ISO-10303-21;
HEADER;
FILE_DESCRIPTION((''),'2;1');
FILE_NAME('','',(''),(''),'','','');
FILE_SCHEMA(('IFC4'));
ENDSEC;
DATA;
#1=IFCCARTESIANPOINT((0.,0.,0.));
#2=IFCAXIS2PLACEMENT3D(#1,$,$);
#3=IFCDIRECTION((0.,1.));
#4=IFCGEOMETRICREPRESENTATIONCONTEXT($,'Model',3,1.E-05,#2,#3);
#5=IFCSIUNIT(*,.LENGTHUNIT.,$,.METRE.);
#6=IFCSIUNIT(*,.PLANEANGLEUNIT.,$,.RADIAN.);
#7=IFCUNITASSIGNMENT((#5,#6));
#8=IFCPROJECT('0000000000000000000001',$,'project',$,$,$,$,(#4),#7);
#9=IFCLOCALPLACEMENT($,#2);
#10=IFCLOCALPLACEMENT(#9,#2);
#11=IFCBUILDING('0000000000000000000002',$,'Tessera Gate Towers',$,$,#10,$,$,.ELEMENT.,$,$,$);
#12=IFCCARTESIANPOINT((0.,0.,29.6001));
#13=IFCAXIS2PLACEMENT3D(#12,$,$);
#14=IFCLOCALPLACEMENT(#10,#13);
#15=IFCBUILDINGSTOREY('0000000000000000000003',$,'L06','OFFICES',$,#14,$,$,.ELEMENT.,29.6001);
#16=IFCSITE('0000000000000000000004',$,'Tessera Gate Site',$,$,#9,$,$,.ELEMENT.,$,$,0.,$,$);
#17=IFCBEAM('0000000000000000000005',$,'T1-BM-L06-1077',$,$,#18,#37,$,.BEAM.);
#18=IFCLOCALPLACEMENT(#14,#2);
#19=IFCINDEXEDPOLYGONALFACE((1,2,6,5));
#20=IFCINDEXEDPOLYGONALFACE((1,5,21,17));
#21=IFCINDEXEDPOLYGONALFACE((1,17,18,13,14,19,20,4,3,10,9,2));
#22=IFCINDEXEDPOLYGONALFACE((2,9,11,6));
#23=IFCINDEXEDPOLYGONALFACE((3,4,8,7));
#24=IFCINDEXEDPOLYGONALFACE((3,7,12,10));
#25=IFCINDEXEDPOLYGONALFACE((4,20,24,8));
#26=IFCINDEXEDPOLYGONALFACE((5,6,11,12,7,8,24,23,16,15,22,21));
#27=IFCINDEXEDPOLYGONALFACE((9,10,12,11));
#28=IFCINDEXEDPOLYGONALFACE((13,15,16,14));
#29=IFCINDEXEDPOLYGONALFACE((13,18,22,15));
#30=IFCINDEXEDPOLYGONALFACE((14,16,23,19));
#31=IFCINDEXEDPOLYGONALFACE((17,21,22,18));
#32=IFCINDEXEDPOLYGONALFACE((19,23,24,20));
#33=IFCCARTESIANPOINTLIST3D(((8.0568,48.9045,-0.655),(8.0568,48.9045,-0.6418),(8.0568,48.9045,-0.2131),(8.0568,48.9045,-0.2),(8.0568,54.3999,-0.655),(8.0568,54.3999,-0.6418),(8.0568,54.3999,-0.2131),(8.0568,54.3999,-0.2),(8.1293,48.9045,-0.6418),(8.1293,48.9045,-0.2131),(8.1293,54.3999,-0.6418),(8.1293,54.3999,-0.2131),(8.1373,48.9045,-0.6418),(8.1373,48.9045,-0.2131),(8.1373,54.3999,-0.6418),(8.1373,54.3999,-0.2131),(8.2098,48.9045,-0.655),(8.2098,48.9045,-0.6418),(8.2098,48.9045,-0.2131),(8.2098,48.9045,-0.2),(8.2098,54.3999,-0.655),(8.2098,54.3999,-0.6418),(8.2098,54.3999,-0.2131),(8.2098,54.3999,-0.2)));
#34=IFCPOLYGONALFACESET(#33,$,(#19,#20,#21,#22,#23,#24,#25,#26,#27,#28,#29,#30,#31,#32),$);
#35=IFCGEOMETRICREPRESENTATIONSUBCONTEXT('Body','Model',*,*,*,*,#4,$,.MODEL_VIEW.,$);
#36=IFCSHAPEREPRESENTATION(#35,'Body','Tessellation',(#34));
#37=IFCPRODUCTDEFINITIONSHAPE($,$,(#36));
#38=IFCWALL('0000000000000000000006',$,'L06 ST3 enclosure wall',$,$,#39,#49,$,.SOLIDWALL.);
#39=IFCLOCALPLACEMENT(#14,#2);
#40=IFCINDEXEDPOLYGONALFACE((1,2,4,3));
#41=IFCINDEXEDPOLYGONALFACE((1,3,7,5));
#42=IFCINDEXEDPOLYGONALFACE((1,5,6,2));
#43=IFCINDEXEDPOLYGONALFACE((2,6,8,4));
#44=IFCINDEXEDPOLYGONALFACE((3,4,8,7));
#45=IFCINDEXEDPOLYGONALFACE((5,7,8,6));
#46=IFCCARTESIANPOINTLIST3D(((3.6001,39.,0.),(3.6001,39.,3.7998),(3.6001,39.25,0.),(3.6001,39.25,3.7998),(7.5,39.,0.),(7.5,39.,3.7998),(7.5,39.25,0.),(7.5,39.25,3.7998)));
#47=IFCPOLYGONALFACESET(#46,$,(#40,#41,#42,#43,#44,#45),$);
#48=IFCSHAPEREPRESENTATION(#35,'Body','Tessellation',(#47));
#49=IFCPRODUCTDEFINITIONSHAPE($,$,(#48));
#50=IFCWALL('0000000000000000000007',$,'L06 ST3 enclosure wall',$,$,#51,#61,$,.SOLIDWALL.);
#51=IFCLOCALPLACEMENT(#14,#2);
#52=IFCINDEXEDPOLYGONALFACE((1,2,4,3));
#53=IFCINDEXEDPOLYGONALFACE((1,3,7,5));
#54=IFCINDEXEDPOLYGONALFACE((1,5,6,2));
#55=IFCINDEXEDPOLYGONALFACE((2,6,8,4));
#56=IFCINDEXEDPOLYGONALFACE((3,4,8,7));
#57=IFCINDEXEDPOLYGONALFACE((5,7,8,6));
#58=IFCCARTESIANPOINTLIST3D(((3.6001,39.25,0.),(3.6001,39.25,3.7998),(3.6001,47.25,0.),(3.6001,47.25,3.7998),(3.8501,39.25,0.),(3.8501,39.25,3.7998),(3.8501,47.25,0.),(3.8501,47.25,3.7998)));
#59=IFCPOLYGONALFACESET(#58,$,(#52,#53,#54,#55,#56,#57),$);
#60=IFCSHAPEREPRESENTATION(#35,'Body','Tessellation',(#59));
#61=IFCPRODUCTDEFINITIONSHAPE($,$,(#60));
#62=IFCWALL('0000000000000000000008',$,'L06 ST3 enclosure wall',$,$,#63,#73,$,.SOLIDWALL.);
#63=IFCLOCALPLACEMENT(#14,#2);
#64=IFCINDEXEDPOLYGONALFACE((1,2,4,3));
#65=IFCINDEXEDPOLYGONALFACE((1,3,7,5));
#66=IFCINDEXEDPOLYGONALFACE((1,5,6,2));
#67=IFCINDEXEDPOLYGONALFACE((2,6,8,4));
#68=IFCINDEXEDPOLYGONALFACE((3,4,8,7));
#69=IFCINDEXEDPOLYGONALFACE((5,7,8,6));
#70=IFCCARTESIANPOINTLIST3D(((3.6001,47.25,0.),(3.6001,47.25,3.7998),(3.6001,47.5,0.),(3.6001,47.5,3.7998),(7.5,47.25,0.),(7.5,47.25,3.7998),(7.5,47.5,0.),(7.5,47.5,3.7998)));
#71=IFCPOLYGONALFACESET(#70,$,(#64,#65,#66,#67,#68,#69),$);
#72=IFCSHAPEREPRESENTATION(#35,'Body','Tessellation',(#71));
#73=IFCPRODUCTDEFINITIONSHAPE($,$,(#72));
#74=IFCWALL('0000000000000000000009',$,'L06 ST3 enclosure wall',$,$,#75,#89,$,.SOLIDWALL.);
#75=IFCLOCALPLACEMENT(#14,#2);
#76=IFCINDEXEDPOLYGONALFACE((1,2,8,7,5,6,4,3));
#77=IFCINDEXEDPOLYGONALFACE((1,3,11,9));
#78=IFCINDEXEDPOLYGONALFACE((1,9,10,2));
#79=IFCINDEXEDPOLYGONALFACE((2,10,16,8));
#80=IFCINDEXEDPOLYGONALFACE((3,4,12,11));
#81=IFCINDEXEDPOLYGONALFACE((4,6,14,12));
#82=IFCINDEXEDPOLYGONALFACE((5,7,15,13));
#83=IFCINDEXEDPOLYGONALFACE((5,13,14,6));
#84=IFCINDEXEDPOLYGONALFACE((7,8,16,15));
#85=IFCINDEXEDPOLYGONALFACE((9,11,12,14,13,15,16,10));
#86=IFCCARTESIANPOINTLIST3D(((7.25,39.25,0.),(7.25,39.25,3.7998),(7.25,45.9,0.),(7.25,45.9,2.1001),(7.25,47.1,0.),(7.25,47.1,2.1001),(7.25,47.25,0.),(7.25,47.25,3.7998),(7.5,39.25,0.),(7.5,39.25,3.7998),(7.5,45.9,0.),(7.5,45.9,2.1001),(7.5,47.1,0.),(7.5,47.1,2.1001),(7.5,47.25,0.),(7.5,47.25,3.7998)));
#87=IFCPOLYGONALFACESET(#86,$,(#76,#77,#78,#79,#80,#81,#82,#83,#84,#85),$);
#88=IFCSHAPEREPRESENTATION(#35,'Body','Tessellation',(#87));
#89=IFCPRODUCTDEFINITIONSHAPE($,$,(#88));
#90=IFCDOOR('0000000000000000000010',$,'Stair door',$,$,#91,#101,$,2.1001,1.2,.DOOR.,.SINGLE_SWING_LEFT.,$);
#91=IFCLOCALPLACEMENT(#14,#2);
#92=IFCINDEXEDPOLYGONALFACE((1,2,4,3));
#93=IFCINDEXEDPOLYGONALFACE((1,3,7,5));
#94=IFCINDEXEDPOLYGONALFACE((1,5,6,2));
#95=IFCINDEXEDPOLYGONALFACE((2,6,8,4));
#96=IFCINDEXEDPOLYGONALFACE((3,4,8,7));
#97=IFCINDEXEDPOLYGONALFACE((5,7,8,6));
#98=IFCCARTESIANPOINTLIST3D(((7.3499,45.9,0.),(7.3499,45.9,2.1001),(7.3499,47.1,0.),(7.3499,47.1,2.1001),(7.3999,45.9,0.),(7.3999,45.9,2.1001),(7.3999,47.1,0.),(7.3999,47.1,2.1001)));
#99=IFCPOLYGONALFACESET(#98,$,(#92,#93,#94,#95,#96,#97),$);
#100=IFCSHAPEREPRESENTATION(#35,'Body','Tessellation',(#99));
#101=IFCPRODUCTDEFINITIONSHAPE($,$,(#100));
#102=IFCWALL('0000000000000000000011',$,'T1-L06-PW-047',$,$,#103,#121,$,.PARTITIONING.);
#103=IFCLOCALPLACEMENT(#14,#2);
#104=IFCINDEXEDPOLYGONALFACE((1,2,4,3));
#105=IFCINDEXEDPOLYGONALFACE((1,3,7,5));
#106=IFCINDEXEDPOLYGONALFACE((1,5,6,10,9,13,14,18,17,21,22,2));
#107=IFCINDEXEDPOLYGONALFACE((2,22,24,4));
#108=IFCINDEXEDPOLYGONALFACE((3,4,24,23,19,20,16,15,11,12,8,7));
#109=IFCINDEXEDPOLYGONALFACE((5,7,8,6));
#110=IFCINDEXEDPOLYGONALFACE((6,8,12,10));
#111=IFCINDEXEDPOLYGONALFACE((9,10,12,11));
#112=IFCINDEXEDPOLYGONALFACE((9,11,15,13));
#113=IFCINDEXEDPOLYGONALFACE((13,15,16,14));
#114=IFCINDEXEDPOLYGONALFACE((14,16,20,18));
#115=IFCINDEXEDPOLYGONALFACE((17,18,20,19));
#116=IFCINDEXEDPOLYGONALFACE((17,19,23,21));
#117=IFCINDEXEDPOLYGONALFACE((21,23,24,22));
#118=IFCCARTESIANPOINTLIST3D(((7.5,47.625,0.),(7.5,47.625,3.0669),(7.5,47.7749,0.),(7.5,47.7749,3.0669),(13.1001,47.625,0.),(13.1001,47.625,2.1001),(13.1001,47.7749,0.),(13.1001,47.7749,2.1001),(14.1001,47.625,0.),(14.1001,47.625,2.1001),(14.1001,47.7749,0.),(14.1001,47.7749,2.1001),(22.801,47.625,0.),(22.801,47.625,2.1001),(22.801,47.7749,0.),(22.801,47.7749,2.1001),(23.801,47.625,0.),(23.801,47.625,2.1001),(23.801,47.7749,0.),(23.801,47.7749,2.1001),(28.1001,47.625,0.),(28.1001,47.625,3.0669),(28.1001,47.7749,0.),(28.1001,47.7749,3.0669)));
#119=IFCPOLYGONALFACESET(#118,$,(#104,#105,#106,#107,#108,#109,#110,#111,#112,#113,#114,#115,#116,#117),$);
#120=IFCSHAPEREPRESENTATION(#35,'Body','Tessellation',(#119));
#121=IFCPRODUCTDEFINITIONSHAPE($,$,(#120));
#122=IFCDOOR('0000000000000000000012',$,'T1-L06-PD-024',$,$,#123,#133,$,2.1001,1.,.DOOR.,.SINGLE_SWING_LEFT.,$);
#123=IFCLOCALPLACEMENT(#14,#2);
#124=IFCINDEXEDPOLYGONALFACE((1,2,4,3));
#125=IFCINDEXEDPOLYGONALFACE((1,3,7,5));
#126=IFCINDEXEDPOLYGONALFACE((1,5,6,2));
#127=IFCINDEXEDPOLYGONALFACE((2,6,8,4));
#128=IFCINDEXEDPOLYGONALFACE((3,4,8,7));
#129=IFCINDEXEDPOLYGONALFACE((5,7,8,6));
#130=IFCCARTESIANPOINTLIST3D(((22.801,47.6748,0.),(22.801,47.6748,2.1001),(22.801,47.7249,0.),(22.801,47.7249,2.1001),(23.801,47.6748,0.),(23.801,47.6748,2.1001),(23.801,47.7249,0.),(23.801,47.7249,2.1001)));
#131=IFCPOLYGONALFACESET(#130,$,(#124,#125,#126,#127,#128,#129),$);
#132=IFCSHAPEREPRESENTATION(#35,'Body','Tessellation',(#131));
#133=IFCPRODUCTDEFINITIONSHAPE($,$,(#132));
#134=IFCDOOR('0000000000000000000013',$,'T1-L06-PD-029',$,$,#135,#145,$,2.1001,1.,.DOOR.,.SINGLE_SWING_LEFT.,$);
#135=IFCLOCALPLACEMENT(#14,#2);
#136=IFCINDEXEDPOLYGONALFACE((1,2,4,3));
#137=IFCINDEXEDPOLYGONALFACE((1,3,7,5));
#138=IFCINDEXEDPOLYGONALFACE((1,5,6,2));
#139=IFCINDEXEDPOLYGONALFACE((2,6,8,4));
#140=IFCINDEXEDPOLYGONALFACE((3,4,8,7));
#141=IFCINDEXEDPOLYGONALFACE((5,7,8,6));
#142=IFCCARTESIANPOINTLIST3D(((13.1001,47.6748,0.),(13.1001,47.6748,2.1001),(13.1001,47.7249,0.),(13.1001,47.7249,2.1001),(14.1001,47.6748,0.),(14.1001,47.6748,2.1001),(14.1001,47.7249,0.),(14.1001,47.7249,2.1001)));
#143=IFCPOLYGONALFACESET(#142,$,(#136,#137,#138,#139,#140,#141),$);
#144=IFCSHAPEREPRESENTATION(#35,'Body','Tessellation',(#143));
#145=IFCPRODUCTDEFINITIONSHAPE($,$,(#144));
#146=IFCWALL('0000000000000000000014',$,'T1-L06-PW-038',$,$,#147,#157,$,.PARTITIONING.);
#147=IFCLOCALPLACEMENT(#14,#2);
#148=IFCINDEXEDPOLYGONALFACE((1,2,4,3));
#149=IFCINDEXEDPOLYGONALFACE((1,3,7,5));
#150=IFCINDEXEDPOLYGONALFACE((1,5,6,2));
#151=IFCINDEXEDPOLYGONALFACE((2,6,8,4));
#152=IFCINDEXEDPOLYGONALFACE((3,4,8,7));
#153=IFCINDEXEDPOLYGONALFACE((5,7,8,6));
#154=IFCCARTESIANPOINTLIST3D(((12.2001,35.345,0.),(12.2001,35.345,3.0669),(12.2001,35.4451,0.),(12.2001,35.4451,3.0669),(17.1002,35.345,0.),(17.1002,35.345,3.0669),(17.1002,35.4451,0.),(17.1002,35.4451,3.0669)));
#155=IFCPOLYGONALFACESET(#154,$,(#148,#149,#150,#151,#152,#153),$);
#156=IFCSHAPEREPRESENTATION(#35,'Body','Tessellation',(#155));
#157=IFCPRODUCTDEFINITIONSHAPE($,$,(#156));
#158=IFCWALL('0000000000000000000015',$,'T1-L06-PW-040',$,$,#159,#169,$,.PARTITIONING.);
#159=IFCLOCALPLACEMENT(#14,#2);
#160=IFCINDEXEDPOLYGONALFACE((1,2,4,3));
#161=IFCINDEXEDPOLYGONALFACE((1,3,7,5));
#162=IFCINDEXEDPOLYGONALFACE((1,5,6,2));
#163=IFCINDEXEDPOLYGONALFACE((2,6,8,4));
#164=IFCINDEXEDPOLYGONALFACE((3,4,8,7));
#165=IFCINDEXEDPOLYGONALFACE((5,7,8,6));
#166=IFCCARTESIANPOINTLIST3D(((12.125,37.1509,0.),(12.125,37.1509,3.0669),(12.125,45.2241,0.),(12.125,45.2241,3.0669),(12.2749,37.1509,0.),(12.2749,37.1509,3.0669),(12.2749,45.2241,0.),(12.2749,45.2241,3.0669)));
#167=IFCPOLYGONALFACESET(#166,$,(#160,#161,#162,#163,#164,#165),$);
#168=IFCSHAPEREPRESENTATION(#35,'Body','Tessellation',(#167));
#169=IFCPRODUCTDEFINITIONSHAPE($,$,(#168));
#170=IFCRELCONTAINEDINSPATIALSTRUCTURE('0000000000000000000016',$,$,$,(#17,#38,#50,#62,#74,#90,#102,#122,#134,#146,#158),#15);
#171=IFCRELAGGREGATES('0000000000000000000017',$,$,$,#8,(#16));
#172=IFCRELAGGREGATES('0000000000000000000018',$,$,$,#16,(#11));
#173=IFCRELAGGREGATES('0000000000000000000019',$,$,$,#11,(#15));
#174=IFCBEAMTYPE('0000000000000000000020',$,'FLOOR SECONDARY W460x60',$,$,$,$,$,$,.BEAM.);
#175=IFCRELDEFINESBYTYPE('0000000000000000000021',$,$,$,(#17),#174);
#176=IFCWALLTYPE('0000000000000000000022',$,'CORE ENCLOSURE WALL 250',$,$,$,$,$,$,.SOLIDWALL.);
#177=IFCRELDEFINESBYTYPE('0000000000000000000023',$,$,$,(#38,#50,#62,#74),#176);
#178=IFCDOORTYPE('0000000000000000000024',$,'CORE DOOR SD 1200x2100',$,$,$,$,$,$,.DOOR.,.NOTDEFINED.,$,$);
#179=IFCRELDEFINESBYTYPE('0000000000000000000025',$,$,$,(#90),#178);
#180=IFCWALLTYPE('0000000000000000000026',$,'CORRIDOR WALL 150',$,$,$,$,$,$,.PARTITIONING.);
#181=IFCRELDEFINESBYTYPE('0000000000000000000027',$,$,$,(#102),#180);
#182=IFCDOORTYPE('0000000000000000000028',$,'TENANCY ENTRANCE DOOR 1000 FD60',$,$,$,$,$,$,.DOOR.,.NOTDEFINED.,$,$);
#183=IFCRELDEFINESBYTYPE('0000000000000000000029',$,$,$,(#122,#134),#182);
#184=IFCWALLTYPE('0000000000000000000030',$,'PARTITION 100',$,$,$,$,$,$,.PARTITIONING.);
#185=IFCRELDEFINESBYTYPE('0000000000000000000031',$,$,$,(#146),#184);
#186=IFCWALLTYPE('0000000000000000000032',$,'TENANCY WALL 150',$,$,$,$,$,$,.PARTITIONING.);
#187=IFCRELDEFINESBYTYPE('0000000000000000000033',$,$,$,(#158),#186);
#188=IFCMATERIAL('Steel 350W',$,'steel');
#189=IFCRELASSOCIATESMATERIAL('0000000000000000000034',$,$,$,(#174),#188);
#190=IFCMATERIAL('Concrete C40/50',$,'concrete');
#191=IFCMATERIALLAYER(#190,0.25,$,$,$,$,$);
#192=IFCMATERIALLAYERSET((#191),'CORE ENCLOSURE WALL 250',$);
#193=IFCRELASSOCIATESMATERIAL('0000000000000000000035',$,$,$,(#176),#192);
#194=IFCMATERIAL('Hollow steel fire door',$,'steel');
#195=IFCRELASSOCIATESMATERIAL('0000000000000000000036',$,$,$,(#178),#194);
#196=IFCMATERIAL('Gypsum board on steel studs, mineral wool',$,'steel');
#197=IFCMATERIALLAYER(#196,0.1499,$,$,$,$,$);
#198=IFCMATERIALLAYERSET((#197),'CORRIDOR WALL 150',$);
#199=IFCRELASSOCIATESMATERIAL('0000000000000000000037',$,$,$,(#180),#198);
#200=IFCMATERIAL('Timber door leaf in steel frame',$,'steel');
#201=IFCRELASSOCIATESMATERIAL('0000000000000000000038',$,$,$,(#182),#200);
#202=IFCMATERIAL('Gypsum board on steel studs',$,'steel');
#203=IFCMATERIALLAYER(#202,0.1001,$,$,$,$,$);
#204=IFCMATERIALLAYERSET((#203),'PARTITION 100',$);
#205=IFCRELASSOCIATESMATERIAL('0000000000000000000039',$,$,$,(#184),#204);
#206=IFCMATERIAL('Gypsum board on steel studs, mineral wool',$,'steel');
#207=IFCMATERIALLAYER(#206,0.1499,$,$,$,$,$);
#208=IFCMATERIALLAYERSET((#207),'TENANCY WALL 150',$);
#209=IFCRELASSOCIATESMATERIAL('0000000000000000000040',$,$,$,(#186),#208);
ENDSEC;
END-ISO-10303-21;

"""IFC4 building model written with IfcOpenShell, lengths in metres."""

from ifc_helpers import new_model, si_unit, direction, frame, frame_2d, origin, origin_2d, place, context, subcontext, project, spatial, rectangle, i_section, extrude, source, transform, mapped, material, layer, layer_set, material_profile, profile_set, type_object, element, fill, save


model = new_model("IFC4")

# Units and contexts
model_context = context("Model", 3, precision=1e-05, world=origin(), true_north=direction((0.0, 1.0)))
body_context = subcontext(model_context, "Body", "Model", "MODEL_VIEW")
ifc_project = project(units=[si_unit("LENGTHUNIT", "METRE"), si_unit("PLANEANGLEUNIT", "RADIAN")], contexts=[model_context])

# Site, building, storey
site_placement = place(None, origin())
site = spatial("IfcSite", under=ifc_project, at=site_placement, Name="Tessera Gate Site", CompositionType="ELEMENT", RefElevation=0.0)
building_placement = place(site_placement, origin())
building = spatial("IfcBuilding", under=site, at=building_placement, Name="Tessera Gate Towers", CompositionType="ELEMENT")
storey_placement = place(building_placement, frame((0.0, 0.0, 29.6001)))
storey = spatial("IfcBuildingStorey", under=building, at=storey_placement, Name="L06", Description="OFFICES", CompositionType="ELEMENT", Elevation=29.6001)

# Beam
ifc_material_1 = material(Name="Steel 350W", Category="steel")
ifc_material_profile_1 = material_profile(ifc_material_1, i_section(OverallWidth=0.1531, OverallDepth=0.4551, WebThickness=0.0081, FlangeThickness=0.0132, at=origin_2d()), Name="W460x60")
ifc_profile_set_1 = profile_set([ifc_material_profile_1], Name="Steel 350W")
beam_type_1 = type_object("IfcBeamType", Name="FLOOR SECONDARY W460x60", PredefinedType="BEAM", material=ifc_profile_set_1)
beam_1_placement = place(storey_placement, frame((8.1333, 48.9045, -0.4275), z_axis=(0.0, 1.0, 0.0), x_axis=(-1.0, 0.0, 0.0)))
element("IfcBeam", 1, at=beam_1_placement, inside=storey, type_object=beam_type_1, Name="T1-BM-L06-1077", PredefinedType="BEAM", context=body_context, shape_type="SweptSolid", body=[
    extrude(i_section(OverallWidth=0.1531, OverallDepth=0.4551, WebThickness=0.0081, FlangeThickness=0.0132, at=origin_2d()), origin(), (0.0, 0.0, 1.0), 5.4954),
])

# Walls
ifc_material_2 = material(Name="Concrete C40/50", Category="concrete")
ifc_layer_1 = layer(ifc_material_2, 0.25)
ifc_layer_set_1 = layer_set([ifc_layer_1], Name="CORE ENCLOSURE WALL 250")
wall_type_1 = type_object("IfcWallType", Name="CORE ENCLOSURE WALL 250", PredefinedType="SOLIDWALL", material=ifc_layer_set_1)
wall_1_placement = place(storey_placement, frame((7.5, 39.125, 0.0), z_axis=(0.0, 0.0, 1.0), x_axis=(-1.0, 0.0, 0.0)))
element("IfcWall", 2, at=wall_1_placement, inside=storey, type_object=wall_type_1, Name="L06 ST3 enclosure wall", PredefinedType="SOLIDWALL", context=body_context, shape_type="SweptSolid", body=[
    extrude(rectangle(XDim=3.8999, YDim=0.25, at=frame_2d((1.95, 0.0))), origin(), (0.0, 0.0, 1.0), 3.7998),
])
wall_2_placement = place(storey_placement, frame((3.7251, 39.25, 0.0), z_axis=(0.0, 0.0, 1.0), x_axis=(0.0, 1.0, 0.0)))
element("IfcWall", 3, at=wall_2_placement, inside=storey, type_object=wall_type_1, Name="L06 ST3 enclosure wall", PredefinedType="SOLIDWALL", context=body_context, shape_type="SweptSolid", body=[
    extrude(rectangle(XDim=8.0, YDim=0.25, at=frame_2d((4.0, 0.0))), origin(), (0.0, 0.0, 1.0), 3.7998),
])
wall_3_placement = place(storey_placement, frame((3.6001, 47.375, 0.0), z_axis=(0.0, 0.0, 1.0), x_axis=(1.0, 0.0, 0.0)))
element("IfcWall", 4, at=wall_3_placement, inside=storey, type_object=wall_type_1, Name="L06 ST3 enclosure wall", PredefinedType="SOLIDWALL", context=body_context, shape_type="SweptSolid", body=[
    extrude(rectangle(XDim=3.8999, YDim=0.25, at=frame_2d((1.95, 0.0))), origin(), (0.0, 0.0, 1.0), 3.7998),
])

# Wall, opening, door
wall_4_placement = place(storey_placement, frame((7.375, 47.25, 0.0), z_axis=(0.0, 0.0, 1.0), x_axis=(0.0, -1.0, 0.0)))
wall_4 = element("IfcWall", 5, at=wall_4_placement, inside=storey, type_object=wall_type_1, Name="L06 ST3 enclosure wall", PredefinedType="SOLIDWALL", context=body_context, shape_type="SweptSolid", body=[
    extrude(rectangle(XDim=8.0, YDim=0.25, at=frame_2d((4.0, 0.0))), origin(), (0.0, 0.0, 1.0), 3.7998),
])
shared_shape_1 = source(origin(), body_context, "Body", "SweptSolid", [
    extrude(rectangle(XDim=1.2, YDim=2.1001, at=frame_2d((0.6001, 1.05))), frame((0.0, 0.135, 0.0), z_axis=(0.0, -1.0, 0.0), x_axis=(1.0, 0.0, 0.0)), (0.0, 0.0, 1.0), 0.27),
])
opening_1_placement = place(wall_4_placement, frame((0.1499, 0.0, 0.0)))
opening_1 = element("IfcOpeningElement", 6, at=opening_1_placement, cuts=wall_4, PredefinedType="OPENING", context=body_context, shape_type="MappedRepresentation", body=[
    mapped(shared_shape_1, transform((0.0, 0.0, 0.0), scale=1.0)),
])
ifc_material_3 = material(Name="Hollow steel fire door", Category="steel")
door_type_1 = type_object("IfcDoorType", Name="CORE DOOR SD 1200x2100", OperationType="NOTDEFINED", PredefinedType="DOOR", material=ifc_material_3)
shared_shape_2 = source(origin(), body_context, "Body", "SweptSolid", [
    extrude(rectangle(XDim=1.2, YDim=2.1001, at=frame_2d((0.6001, 1.05))), frame((0.0, 0.0249, 0.0), z_axis=(0.0, -1.0, 0.0), x_axis=(1.0, 0.0, 0.0)), (0.0, 0.0, 1.0), 0.05),
])
door_1_placement = place(opening_1_placement, origin())
door_1 = element("IfcDoor", 7, at=door_1_placement, inside=storey, type_object=door_type_1, Name="Stair door", OperationType="SINGLE_SWING_LEFT", OverallHeight=2.1001, OverallWidth=1.2, PredefinedType="DOOR", context=body_context, shape_type="MappedRepresentation", body=[
    mapped(shared_shape_2, transform((0.0, 0.0, 0.0), scale=1.0)),
])
fill(opening_1, door_1)

# Wall, openings, doors
ifc_material_4 = material(Name="Gypsum board on steel studs, mineral wool", Category="steel")
ifc_layer_2 = layer(ifc_material_4, 0.1499)
ifc_layer_set_2 = layer_set([ifc_layer_2], Name="CORRIDOR WALL 150")
wall_type_2 = type_object("IfcWallType", Name="CORRIDOR WALL 150", PredefinedType="PARTITIONING", material=ifc_layer_set_2)
wall_5_placement = place(storey_placement, frame((7.5, 47.7, 0.0), z_axis=(0.0, 0.0, 1.0), x_axis=(1.0, 0.0, 0.0)))
wall_5 = element("IfcWall", 8, at=wall_5_placement, inside=storey, type_object=wall_type_2, Name="T1-L06-PW-047", PredefinedType="PARTITIONING", context=body_context, shape_type="SweptSolid", body=[
    extrude(rectangle(XDim=20.6001, YDim=0.1499, at=frame_2d((10.3, 0.0))), origin(), (0.0, 0.0, 1.0), 3.0669),
])
shared_shape_3 = source(origin(), body_context, "Body", "SweptSolid", [
    extrude(rectangle(XDim=1.0, YDim=2.1001, at=frame_2d((0.5, 1.05))), frame((0.0, 0.085, 0.0), z_axis=(0.0, -1.0, 0.0), x_axis=(1.0, 0.0, 0.0)), (0.0, 0.0, 1.0), 0.1699),
])
opening_2_placement = place(wall_5_placement, frame((15.301, 0.0, 0.0)))
opening_2 = element("IfcOpeningElement", 9, at=opening_2_placement, cuts=wall_5, PredefinedType="OPENING", context=body_context, shape_type="MappedRepresentation", body=[
    mapped(shared_shape_3, transform((0.0, 0.0, 0.0), scale=1.0)),
])
opening_3_placement = place(wall_5_placement, frame((5.6001, 0.0, 0.0)))
opening_3 = element("IfcOpeningElement", 10, at=opening_3_placement, cuts=wall_5, PredefinedType="OPENING", context=body_context, shape_type="MappedRepresentation", body=[
    mapped(shared_shape_3, transform((0.0, 0.0, 0.0), scale=1.0)),
])
ifc_material_5 = material(Name="Timber door leaf in steel frame", Category="steel")
door_type_2 = type_object("IfcDoorType", Name="TENANCY ENTRANCE DOOR 1000 FD60", OperationType="NOTDEFINED", PredefinedType="DOOR", material=ifc_material_5)
shared_shape_4 = source(origin(), body_context, "Body", "SweptSolid", [
    extrude(rectangle(XDim=1.0, YDim=2.1001, at=frame_2d((0.5, 1.05))), frame((0.0, 0.0249, 0.0), z_axis=(0.0, -1.0, 0.0), x_axis=(1.0, 0.0, 0.0)), (0.0, 0.0, 1.0), 0.05),
])
door_2_placement = place(opening_2_placement, origin())
door_2 = element("IfcDoor", 11, at=door_2_placement, inside=storey, type_object=door_type_2, Name="T1-L06-PD-024", OperationType="SINGLE_SWING_LEFT", OverallHeight=2.1001, OverallWidth=1.0, PredefinedType="DOOR", context=body_context, shape_type="MappedRepresentation", body=[
    mapped(shared_shape_4, transform((0.0, 0.0, 0.0), scale=1.0)),
])
fill(opening_2, door_2)
door_3_placement = place(opening_3_placement, origin())
door_3 = element("IfcDoor", 12, at=door_3_placement, inside=storey, type_object=door_type_2, Name="T1-L06-PD-029", OperationType="SINGLE_SWING_LEFT", OverallHeight=2.1001, OverallWidth=1.0, PredefinedType="DOOR", context=body_context, shape_type="MappedRepresentation", body=[
    mapped(shared_shape_4, transform((0.0, 0.0, 0.0), scale=1.0)),
])
fill(opening_3, door_3)

# Walls
ifc_material_6 = material(Name="Gypsum board on steel studs", Category="steel")
ifc_layer_3 = layer(ifc_material_6, 0.1001)
ifc_layer_set_3 = layer_set([ifc_layer_3], Name="PARTITION 100")
wall_type_3 = type_object("IfcWallType", Name="PARTITION 100", PredefinedType="PARTITIONING", material=ifc_layer_set_3)
wall_6_placement = place(storey_placement, frame((12.2, 35.395, 0.0), z_axis=(0.0, 0.0, 1.0), x_axis=(1.0, 0.0, 0.0)))
element("IfcWall", 13, at=wall_6_placement, inside=storey, type_object=wall_type_3, Name="T1-L06-PW-038", PredefinedType="PARTITIONING", context=body_context, shape_type="SweptSolid", body=[
    extrude(rectangle(XDim=4.9001, YDim=0.1001, at=frame_2d((2.4502, 0.0))), origin(), (0.0, 0.0, 1.0), 3.0669),
])
ifc_material_7 = material(Name="Gypsum board on steel studs, mineral wool", Category="steel")
ifc_layer_4 = layer(ifc_material_7, 0.1499)
ifc_layer_set_4 = layer_set([ifc_layer_4], Name="TENANCY WALL 150")
wall_type_4 = type_object("IfcWallType", Name="TENANCY WALL 150", PredefinedType="PARTITIONING", material=ifc_layer_set_4)
wall_7_placement = place(storey_placement, frame((12.2, 37.1509, 0.0), z_axis=(0.0, 0.0, 1.0), x_axis=(0.0, 1.0, 0.0)))
element("IfcWall", 14, at=wall_7_placement, inside=storey, type_object=wall_type_4, Name="T1-L06-PW-040", PredefinedType="PARTITIONING", context=body_context, shape_type="SweptSolid", body=[
    extrude(rectangle(XDim=8.0732, YDim=0.1499, at=frame_2d((4.0366, 0.0))), origin(), (0.0, 0.0, 1.0), 3.0669),
])

save(model, "model.ifc")
